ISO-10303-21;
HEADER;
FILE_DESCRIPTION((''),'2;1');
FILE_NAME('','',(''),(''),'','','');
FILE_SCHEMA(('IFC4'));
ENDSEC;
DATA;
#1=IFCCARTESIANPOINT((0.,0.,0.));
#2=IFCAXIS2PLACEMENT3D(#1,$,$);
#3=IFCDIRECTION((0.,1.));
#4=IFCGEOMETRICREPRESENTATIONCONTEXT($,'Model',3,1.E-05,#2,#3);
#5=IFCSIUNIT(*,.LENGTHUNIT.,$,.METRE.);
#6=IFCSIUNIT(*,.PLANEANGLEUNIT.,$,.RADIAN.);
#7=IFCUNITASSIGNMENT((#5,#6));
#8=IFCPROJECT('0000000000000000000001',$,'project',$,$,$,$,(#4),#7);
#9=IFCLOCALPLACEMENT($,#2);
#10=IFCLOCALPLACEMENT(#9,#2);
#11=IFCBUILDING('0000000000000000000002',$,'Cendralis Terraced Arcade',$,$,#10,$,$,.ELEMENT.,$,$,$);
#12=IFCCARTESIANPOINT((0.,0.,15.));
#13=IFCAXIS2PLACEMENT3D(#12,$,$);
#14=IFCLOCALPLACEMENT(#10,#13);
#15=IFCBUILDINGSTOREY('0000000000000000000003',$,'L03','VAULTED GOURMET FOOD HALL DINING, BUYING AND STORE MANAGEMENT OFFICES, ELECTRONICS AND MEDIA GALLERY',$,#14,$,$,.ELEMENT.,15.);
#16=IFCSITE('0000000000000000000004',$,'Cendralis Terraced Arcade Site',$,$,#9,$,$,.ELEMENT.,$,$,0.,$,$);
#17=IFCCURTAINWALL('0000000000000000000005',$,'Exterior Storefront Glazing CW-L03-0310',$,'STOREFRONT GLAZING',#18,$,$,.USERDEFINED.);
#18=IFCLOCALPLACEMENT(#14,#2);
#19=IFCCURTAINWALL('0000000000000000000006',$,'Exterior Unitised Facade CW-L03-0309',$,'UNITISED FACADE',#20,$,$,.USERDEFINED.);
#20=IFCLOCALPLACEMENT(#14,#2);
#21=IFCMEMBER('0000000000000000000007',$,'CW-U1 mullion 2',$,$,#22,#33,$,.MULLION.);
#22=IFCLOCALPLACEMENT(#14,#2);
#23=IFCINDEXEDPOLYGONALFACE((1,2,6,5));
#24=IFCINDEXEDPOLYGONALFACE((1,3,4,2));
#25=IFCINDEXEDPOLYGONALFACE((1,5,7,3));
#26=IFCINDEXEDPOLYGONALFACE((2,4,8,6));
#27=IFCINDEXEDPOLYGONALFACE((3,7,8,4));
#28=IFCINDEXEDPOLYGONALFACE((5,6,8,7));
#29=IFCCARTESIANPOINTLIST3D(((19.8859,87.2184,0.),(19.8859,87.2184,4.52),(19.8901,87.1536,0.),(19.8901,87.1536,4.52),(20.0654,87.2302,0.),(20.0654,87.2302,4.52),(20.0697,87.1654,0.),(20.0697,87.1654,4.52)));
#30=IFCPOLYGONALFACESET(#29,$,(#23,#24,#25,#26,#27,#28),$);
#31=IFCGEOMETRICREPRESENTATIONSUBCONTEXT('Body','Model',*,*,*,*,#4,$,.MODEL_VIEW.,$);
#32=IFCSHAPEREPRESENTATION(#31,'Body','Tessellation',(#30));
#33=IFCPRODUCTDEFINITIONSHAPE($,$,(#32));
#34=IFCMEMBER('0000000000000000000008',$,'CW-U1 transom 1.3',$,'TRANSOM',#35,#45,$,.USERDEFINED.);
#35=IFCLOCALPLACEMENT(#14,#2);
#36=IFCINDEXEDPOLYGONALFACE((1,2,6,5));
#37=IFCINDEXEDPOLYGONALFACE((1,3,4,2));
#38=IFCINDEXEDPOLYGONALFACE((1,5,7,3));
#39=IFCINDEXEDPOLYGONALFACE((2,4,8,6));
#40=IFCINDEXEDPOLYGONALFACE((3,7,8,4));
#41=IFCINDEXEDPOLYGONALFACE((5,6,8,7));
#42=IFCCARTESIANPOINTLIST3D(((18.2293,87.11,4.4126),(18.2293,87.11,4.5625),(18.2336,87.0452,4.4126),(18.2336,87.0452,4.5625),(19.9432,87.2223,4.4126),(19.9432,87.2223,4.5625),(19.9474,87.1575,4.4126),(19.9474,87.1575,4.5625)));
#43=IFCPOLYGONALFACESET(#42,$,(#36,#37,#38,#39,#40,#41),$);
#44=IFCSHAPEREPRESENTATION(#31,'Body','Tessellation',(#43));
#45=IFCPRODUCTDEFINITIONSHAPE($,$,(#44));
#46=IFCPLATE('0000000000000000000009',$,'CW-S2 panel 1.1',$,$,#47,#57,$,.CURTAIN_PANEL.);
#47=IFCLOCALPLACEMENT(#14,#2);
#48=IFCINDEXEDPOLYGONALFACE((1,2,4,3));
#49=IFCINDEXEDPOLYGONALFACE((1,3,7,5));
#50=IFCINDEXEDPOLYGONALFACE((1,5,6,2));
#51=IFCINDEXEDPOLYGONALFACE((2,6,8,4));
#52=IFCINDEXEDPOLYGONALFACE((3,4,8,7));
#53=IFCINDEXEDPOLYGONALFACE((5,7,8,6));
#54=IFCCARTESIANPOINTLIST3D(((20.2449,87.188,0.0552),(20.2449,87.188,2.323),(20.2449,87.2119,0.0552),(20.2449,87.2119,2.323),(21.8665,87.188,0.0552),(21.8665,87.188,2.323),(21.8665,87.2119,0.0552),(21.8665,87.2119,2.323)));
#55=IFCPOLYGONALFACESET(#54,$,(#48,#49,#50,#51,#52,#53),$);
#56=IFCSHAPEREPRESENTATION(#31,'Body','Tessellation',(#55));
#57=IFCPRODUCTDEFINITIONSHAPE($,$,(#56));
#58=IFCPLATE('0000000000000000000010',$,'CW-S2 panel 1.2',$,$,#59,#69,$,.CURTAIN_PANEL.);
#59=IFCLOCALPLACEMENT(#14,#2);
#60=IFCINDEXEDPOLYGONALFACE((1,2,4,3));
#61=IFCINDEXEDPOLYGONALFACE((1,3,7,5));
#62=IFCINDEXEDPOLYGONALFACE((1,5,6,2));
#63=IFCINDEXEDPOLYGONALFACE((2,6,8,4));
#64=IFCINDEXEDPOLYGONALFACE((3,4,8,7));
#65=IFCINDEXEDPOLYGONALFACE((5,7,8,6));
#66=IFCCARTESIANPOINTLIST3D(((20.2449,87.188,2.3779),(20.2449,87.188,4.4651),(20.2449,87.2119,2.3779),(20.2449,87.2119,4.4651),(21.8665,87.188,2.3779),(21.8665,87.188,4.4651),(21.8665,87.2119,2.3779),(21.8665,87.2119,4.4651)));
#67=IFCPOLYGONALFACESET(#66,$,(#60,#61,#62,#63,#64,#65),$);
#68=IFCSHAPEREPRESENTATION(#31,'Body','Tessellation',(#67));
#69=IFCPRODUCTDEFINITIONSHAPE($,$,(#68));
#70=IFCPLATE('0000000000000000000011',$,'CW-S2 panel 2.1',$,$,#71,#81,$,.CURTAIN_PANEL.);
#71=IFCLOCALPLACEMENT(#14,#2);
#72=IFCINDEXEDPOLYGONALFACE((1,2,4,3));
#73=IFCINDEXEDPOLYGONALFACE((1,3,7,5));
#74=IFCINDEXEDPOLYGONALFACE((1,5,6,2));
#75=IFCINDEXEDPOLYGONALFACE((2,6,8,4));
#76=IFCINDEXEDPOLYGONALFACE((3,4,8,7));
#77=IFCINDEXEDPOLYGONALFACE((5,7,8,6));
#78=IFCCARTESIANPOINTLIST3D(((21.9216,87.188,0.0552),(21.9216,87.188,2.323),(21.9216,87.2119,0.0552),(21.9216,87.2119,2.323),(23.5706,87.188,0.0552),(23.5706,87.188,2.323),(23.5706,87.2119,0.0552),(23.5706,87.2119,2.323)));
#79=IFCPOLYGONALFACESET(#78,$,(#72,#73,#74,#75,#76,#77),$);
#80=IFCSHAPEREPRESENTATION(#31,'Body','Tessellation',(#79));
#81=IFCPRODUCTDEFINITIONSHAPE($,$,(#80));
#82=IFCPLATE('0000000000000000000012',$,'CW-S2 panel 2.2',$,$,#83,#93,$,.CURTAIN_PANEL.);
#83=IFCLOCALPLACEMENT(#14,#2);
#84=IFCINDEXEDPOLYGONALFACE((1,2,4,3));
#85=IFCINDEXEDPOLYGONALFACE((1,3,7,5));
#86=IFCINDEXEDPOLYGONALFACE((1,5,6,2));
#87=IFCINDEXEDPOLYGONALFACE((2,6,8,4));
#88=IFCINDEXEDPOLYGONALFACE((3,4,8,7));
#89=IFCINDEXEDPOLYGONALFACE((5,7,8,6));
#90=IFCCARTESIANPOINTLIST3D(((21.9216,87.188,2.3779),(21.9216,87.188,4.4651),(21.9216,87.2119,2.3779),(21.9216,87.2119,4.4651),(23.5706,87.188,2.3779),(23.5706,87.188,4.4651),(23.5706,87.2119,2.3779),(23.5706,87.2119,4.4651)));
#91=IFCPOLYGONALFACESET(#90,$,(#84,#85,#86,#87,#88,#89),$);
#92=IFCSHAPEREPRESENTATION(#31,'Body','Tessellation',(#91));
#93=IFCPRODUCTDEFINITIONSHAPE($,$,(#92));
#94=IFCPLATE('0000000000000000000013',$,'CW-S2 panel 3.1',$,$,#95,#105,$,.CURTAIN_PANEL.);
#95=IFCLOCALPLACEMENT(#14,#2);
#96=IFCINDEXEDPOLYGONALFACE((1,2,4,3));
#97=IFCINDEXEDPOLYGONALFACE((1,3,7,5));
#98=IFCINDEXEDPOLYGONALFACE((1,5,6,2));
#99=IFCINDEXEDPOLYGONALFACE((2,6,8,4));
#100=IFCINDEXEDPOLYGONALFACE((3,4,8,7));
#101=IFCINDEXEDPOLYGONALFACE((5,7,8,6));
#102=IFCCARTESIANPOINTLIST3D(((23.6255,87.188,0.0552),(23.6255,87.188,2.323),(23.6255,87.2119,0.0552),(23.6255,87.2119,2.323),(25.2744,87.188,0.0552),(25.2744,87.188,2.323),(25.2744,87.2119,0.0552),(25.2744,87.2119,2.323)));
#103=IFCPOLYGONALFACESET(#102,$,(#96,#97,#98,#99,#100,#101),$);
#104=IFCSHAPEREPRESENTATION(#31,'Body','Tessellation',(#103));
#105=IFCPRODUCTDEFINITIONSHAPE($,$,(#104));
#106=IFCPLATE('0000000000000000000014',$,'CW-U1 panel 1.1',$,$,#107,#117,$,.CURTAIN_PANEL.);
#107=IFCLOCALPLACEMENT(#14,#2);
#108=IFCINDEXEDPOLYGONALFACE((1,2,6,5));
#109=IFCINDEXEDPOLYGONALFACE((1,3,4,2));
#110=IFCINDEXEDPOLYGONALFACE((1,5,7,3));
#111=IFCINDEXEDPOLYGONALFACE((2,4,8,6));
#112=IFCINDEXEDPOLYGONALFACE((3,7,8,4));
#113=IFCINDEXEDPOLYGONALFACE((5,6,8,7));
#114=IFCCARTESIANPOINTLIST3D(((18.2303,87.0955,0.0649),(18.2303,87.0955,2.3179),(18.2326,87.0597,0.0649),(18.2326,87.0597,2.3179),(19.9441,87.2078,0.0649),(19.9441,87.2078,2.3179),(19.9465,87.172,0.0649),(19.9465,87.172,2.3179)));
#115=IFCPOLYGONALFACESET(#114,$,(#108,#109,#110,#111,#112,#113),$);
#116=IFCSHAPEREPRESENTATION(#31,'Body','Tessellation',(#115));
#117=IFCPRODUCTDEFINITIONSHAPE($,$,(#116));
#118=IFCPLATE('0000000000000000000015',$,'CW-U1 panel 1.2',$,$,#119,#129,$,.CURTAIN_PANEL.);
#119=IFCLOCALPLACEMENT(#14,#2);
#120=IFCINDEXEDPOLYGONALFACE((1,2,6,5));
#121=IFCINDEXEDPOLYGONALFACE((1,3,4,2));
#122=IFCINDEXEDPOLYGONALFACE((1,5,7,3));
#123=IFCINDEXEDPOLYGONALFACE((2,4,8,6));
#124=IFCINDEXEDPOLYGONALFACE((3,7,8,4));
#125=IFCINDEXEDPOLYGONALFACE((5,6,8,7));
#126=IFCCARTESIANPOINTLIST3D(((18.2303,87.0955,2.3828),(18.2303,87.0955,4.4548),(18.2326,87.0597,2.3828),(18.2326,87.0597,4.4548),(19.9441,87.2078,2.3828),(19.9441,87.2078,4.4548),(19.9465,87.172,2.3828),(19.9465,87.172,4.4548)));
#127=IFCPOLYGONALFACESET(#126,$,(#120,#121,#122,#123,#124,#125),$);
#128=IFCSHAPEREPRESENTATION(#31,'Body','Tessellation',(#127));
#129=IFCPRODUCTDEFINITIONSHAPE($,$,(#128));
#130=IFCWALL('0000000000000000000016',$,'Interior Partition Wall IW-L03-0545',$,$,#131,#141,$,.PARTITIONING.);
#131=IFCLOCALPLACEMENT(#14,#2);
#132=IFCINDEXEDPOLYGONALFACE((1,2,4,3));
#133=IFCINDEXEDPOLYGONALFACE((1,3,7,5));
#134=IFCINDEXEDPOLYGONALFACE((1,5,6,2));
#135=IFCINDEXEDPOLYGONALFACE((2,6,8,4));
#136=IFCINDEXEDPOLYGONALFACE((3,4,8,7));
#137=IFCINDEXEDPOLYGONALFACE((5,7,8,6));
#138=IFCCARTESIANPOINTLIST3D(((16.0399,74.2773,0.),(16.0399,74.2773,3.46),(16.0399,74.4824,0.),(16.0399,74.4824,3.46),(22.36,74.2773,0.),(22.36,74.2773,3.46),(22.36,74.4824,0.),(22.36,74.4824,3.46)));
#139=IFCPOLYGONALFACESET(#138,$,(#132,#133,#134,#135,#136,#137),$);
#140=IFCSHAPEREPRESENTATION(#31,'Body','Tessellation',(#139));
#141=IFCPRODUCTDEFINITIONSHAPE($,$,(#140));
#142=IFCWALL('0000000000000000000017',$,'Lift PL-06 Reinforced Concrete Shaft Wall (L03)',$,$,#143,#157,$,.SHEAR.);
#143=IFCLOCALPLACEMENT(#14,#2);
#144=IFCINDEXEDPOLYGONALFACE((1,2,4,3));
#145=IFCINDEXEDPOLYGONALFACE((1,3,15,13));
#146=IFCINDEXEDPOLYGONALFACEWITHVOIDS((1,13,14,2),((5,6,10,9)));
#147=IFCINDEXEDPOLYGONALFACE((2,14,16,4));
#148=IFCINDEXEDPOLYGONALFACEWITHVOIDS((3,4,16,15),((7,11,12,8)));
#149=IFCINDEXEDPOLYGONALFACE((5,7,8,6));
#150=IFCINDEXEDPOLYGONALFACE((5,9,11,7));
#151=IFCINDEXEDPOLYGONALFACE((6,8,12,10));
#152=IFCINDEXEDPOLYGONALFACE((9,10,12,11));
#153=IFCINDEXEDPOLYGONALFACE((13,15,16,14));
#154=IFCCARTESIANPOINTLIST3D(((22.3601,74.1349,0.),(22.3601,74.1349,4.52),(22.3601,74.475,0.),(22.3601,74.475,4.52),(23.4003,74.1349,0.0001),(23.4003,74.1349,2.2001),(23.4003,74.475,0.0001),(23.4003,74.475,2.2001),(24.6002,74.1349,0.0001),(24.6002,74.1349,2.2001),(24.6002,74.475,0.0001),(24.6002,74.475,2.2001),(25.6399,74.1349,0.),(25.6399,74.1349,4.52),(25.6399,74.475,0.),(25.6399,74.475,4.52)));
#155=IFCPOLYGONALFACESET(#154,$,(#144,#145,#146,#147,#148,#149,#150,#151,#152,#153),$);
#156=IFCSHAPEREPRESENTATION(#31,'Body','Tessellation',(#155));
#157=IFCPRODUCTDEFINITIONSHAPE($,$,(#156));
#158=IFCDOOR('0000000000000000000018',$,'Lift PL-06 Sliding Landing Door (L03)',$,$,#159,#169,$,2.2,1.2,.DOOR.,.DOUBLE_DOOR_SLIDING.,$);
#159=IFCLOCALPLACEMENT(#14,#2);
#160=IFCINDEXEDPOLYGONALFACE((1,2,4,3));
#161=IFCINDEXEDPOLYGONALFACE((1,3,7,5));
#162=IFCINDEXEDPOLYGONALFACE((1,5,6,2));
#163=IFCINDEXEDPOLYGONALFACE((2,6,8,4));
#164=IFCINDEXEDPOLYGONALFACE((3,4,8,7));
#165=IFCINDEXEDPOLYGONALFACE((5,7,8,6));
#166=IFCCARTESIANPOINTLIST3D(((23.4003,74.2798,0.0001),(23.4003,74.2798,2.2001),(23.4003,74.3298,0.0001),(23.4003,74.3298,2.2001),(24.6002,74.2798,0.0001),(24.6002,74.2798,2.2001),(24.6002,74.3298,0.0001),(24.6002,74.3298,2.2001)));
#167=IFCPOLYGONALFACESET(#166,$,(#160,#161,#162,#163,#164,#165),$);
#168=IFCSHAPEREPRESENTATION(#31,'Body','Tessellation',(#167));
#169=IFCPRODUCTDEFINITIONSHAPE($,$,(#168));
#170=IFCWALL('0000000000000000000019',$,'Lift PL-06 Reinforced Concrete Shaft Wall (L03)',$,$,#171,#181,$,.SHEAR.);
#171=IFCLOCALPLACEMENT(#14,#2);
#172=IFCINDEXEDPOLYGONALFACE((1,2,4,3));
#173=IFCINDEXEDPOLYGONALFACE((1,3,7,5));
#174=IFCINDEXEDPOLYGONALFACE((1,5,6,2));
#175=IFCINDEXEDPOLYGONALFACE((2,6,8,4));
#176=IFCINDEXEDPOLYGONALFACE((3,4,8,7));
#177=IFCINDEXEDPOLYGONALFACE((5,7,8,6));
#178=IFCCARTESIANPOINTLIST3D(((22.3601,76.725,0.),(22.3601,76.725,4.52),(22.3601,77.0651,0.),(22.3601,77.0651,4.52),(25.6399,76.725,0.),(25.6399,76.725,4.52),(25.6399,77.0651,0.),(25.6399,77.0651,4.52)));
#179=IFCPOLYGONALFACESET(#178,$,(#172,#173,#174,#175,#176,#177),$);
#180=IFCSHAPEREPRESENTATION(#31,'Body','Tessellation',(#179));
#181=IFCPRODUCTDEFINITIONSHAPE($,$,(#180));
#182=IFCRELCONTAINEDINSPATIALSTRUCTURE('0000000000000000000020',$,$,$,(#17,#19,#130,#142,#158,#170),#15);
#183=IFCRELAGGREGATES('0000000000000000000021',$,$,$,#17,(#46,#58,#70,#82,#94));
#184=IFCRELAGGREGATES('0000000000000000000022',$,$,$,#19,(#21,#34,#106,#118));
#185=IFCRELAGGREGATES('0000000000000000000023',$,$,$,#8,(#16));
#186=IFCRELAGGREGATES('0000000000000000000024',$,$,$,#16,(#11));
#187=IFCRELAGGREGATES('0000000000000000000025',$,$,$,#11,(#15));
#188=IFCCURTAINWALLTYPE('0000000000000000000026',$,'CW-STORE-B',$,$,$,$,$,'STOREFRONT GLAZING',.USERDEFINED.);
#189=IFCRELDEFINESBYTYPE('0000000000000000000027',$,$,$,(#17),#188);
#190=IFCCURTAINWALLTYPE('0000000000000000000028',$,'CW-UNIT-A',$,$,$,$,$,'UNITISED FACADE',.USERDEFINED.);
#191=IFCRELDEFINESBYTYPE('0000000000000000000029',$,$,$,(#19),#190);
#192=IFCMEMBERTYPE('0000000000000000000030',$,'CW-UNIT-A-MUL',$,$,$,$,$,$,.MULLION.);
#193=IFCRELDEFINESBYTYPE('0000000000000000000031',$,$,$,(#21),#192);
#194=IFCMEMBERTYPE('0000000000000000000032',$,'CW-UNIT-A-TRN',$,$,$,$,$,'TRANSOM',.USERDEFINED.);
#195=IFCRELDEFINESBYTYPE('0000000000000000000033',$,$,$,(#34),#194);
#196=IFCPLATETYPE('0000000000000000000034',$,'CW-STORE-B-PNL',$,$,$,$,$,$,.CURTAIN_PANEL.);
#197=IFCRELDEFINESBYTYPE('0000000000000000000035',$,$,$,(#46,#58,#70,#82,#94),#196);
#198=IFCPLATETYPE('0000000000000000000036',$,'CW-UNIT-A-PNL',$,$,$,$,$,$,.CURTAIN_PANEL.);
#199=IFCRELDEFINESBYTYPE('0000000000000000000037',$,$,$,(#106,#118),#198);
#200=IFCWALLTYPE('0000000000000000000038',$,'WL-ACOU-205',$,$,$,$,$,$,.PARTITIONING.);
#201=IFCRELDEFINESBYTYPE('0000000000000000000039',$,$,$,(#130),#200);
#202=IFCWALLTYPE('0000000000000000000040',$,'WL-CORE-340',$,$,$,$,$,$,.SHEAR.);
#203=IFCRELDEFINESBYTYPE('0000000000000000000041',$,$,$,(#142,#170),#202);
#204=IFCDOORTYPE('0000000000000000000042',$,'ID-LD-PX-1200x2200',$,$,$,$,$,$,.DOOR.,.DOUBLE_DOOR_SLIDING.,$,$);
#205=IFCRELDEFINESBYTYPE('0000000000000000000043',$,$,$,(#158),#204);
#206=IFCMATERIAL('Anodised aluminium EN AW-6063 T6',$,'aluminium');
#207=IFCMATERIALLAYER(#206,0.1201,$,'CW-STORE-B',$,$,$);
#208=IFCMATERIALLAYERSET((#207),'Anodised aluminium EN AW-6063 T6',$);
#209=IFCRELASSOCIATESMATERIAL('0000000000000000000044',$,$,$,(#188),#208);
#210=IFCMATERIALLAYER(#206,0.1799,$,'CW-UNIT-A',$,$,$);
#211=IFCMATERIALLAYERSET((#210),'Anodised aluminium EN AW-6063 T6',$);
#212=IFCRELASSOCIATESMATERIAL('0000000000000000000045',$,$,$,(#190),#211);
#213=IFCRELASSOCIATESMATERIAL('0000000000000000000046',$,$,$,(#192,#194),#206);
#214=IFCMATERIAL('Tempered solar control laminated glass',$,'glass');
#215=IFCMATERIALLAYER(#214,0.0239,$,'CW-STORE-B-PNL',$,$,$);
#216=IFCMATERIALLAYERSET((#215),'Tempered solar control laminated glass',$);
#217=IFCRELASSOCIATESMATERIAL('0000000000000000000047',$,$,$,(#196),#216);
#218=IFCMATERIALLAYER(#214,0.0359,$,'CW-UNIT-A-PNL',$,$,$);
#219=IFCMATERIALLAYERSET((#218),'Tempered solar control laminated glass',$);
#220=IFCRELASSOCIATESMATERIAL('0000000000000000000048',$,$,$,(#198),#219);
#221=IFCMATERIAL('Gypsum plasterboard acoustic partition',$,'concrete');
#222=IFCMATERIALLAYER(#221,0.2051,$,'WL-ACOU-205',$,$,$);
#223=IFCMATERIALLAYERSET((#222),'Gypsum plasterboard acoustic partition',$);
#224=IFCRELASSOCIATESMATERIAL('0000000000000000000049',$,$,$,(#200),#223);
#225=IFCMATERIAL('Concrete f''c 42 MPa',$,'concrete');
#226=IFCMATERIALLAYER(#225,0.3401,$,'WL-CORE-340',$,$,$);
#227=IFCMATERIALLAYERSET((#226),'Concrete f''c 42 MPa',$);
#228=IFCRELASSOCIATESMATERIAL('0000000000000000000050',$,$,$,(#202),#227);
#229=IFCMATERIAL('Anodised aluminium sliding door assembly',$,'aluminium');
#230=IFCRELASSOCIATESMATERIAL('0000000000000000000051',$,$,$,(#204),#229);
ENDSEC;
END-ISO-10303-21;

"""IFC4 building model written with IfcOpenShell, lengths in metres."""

from ifc_helpers import new_model, si_unit, direction, frame, frame_2d, origin, origin_2d, place, context, subcontext, project, spatial, rectangle, extrude, material, layer, layer_set, material_profile, profile_set, type_object, element, fill, aggregate, save


model = new_model("IFC4")

# Units and contexts
model_context = context("Model", 3, precision=1e-05, world=origin(), true_north=direction((0.0, 1.0)))
body_context = subcontext(model_context, "Body", "Model", "MODEL_VIEW")
ifc_project = project(units=[si_unit("LENGTHUNIT", "METRE"), si_unit("PLANEANGLEUNIT", "RADIAN")], contexts=[model_context])

# Site, building, storey
site_placement = place(None, origin())
site = spatial("IfcSite", under=ifc_project, at=site_placement, Name="Cendralis Terraced Arcade Site", CompositionType="ELEMENT", RefElevation=0.0)
building_placement = place(site_placement, origin())
building = spatial("IfcBuilding", under=site, at=building_placement, Name="Cendralis Terraced Arcade", CompositionType="ELEMENT")
storey_placement = place(building_placement, frame((0.0, 0.0, 15.0)))
storey = spatial("IfcBuildingStorey", under=building, at=storey_placement, Name="L03", Description="VAULTED GOURMET FOOD HALL DINING, BUYING AND STORE MANAGEMENT OFFICES, ELECTRONICS AND MEDIA GALLERY", CompositionType="ELEMENT", Elevation=15.0)

# Shared definitions
ifc_material_1 = material(Name="Concrete f'c 42 MPa", Category="concrete")

# Curtain walls, members
ifc_material_2 = material(Name="Anodised aluminium EN AW-6063 T6", Category="aluminium")
ifc_layer_1 = layer(ifc_material_2, 0.1201, Name="CW-STORE-B")
ifc_layer_set_1 = layer_set([ifc_layer_1], Name="Anodised aluminium EN AW-6063 T6")
curtain_wall_type_1 = type_object("IfcCurtainWallType", Name="CW-STORE-B", ElementType="STOREFRONT GLAZING", PredefinedType="USERDEFINED", material=ifc_layer_set_1)
curtain_wall_1_placement = place(storey_placement, origin())
curtain_wall_1 = element("IfcCurtainWall", 1, at=curtain_wall_1_placement, inside=storey, type_object=curtain_wall_type_1, Name="Exterior Storefront Glazing CW-L03-0310", ObjectType="STOREFRONT GLAZING", PredefinedType="USERDEFINED")
ifc_layer_2 = layer(ifc_material_2, 0.1799, Name="CW-UNIT-A")
ifc_layer_set_2 = layer_set([ifc_layer_2], Name="Anodised aluminium EN AW-6063 T6")
curtain_wall_type_2 = type_object("IfcCurtainWallType", Name="CW-UNIT-A", ElementType="UNITISED FACADE", PredefinedType="USERDEFINED", material=ifc_layer_set_2)
curtain_wall_2_placement = place(storey_placement, origin())
curtain_wall_2 = element("IfcCurtainWall", 2, at=curtain_wall_2_placement, inside=storey, type_object=curtain_wall_type_2, Name="Exterior Unitised Facade CW-L03-0309", ObjectType="UNITISED FACADE", PredefinedType="USERDEFINED")
ifc_material_profile_1 = material_profile(ifc_material_2, rectangle(XDim=0.0649, YDim=0.1799, at=origin_2d()), Name="ALU-MUL-65x180")
ifc_profile_set_1 = profile_set([ifc_material_profile_1], Name="Anodised aluminium EN AW-6063 T6")
member_type_1 = type_object("IfcMemberType", Name="CW-UNIT-A-MUL", PredefinedType="MULLION", material=ifc_profile_set_1)
member_1_placement = place(storey_placement, frame((19.9778, 87.1919, 0.0), z_axis=(0.0, 0.0, 1.0), x_axis=(-0.065384, 0.99786, 0.0)))
member_1 = element("IfcMember", 3, at=member_1_placement, type_object=member_type_1, Name="CW-U1 mullion 2", PredefinedType="MULLION", context=body_context, shape_type="SweptSolid", body=[
    extrude(rectangle(XDim=0.0649, YDim=0.1799, at=origin_2d()), origin(), (0.0, 0.0, 1.0), 4.52),
])
ifc_material_profile_2 = material_profile(ifc_material_2, rectangle(XDim=0.0649, YDim=0.1499, at=origin_2d()), Name="ALU-TRN-65x150")
ifc_profile_set_2 = profile_set([ifc_material_profile_2], Name="Anodised aluminium EN AW-6063 T6")
member_type_2 = type_object("IfcMemberType", Name="CW-UNIT-A-TRN", ElementType="TRANSOM", PredefinedType="USERDEFINED", material=ifc_profile_set_2)
member_2_placement = place(storey_placement, frame((18.2314, 87.0776, 4.4875), z_axis=(0.99786, 0.065387, 0.0), x_axis=(-0.065387, 0.99786, 0.0)))
member_2 = element("IfcMember", 4, at=member_2_placement, type_object=member_type_2, Name="CW-U1 transom 1.3", ObjectType="TRANSOM", PredefinedType="USERDEFINED", context=body_context, shape_type="SweptSolid", body=[
    extrude(rectangle(XDim=0.0649, YDim=0.1499, at=origin_2d()), origin(), (0.0, 0.0, 1.0), 1.7175),
])

# Plates
ifc_material_3 = material(Name="Tempered solar control laminated glass", Category="glass")
ifc_layer_3 = layer(ifc_material_3, 0.0239, Name="CW-STORE-B-PNL")
ifc_layer_set_3 = layer_set([ifc_layer_3], Name="Tempered solar control laminated glass")
plate_type_1 = type_object("IfcPlateType", Name="CW-STORE-B-PNL", PredefinedType="CURTAIN_PANEL", material=ifc_layer_set_3)
plate_1_placement = place(storey_placement, frame((21.0557, 87.2, 0.0552), z_axis=(0.0, 0.0, 1.0), x_axis=(1.0, 0.0, 0.0)))
plate_1 = element("IfcPlate", 5, at=plate_1_placement, type_object=plate_type_1, Name="CW-S2 panel 1.1", PredefinedType="CURTAIN_PANEL", context=body_context, shape_type="SweptSolid", body=[
    extrude(rectangle(XDim=1.6216, YDim=0.0239, at=origin_2d()), origin(), (0.0, 0.0, 1.0), 2.2678),
])
plate_2_placement = place(storey_placement, frame((21.0557, 87.2, 2.3779), z_axis=(0.0, 0.0, 1.0), x_axis=(1.0, 0.0, 0.0)))
plate_2 = element("IfcPlate", 6, at=plate_2_placement, type_object=plate_type_1, Name="CW-S2 panel 1.2", PredefinedType="CURTAIN_PANEL", context=body_context, shape_type="SweptSolid", body=[
    extrude(rectangle(XDim=1.6216, YDim=0.0239, at=origin_2d()), origin(), (0.0, 0.0, 1.0), 2.0872),
])
plate_3_placement = place(storey_placement, frame((22.7461, 87.2, 0.0552), z_axis=(0.0, 0.0, 1.0), x_axis=(1.0, 0.0, 0.0)))
plate_3 = element("IfcPlate", 7, at=plate_3_placement, type_object=plate_type_1, Name="CW-S2 panel 2.1", PredefinedType="CURTAIN_PANEL", context=body_context, shape_type="SweptSolid", body=[
    extrude(rectangle(XDim=1.6489, YDim=0.0239, at=origin_2d()), origin(), (0.0, 0.0, 1.0), 2.2678),
])
plate_4_placement = place(storey_placement, frame((22.7461, 87.2, 2.3779), z_axis=(0.0, 0.0, 1.0), x_axis=(1.0, 0.0, 0.0)))
plate_4 = element("IfcPlate", 8, at=plate_4_placement, type_object=plate_type_1, Name="CW-S2 panel 2.2", PredefinedType="CURTAIN_PANEL", context=body_context, shape_type="SweptSolid", body=[
    extrude(rectangle(XDim=1.6489, YDim=0.0239, at=origin_2d()), origin(), (0.0, 0.0, 1.0), 2.0872),
])
plate_5_placement = place(storey_placement, frame((24.45, 87.2, 0.0552), z_axis=(0.0, 0.0, 1.0), x_axis=(1.0, 0.0, 0.0)))
plate_5 = element("IfcPlate", 9, at=plate_5_placement, type_object=plate_type_1, Name="CW-S2 panel 3.1", PredefinedType="CURTAIN_PANEL", context=body_context, shape_type="SweptSolid", body=[
    extrude(rectangle(XDim=1.6489, YDim=0.0239, at=origin_2d()), origin(), (0.0, 0.0, 1.0), 2.2678),
])
aggregate(curtain_wall_1, [plate_1, plate_2, plate_3, plate_4, plate_5])
ifc_layer_4 = layer(ifc_material_3, 0.0359, Name="CW-UNIT-A-PNL")
ifc_layer_set_4 = layer_set([ifc_layer_4], Name="Tempered solar control laminated glass")
plate_type_2 = type_object("IfcPlateType", Name="CW-UNIT-A-PNL", PredefinedType="CURTAIN_PANEL", material=ifc_layer_set_4)
plate_6_placement = place(storey_placement, frame((19.0884, 87.1338, 0.0649), z_axis=(0.0, 0.0, 1.0), x_axis=(0.99786, 0.065384, 0.0)))
plate_6 = element("IfcPlate", 10, at=plate_6_placement, type_object=plate_type_2, Name="CW-U1 panel 1.1", PredefinedType="CURTAIN_PANEL", context=body_context, shape_type="SweptSolid", body=[
    extrude(rectangle(XDim=1.7175, YDim=0.0359, at=origin_2d()), origin(), (0.0, 0.0, 1.0), 2.2529),
])
plate_7_placement = place(storey_placement, frame((19.0884, 87.1338, 2.3828), z_axis=(0.0, 0.0, 1.0), x_axis=(0.99786, 0.065384, 0.0)))
plate_7 = element("IfcPlate", 11, at=plate_7_placement, type_object=plate_type_2, Name="CW-U1 panel 1.2", PredefinedType="CURTAIN_PANEL", context=body_context, shape_type="SweptSolid", body=[
    extrude(rectangle(XDim=1.7175, YDim=0.0359, at=origin_2d()), origin(), (0.0, 0.0, 1.0), 2.072),
])
aggregate(curtain_wall_2, [member_1, member_2, plate_6, plate_7])

# Wall
ifc_material_4 = material(Name="Gypsum plasterboard acoustic partition", Category="concrete")
ifc_layer_5 = layer(ifc_material_4, 0.2051, Name="WL-ACOU-205")
ifc_layer_set_5 = layer_set([ifc_layer_5], Name="Gypsum plasterboard acoustic partition")
wall_type_1 = type_object("IfcWallType", Name="WL-ACOU-205", PredefinedType="PARTITIONING", material=ifc_layer_set_5)
wall_1_placement = place(storey_placement, frame((22.3601, 74.3799, 0.0), z_axis=(0.0, 0.0, 1.0), x_axis=(-1.0, 0.0, 0.0)))
element("IfcWall", 12, at=wall_1_placement, inside=storey, type_object=wall_type_1, Name="Interior Partition Wall IW-L03-0545", PredefinedType="PARTITIONING", context=body_context, shape_type="SweptSolid", body=[
    extrude(rectangle(XDim=6.3201, YDim=0.2051, at=frame_2d((3.1602, 0.0))), origin(), (0.0, 0.0, 1.0), 3.46),
])

# Wall, opening, door
ifc_layer_6 = layer(ifc_material_1, 0.3401, Name="WL-CORE-340")
ifc_layer_set_6 = layer_set([ifc_layer_6], Name="Concrete f'c 42 MPa")
wall_type_2 = type_object("IfcWallType", Name="WL-CORE-340", PredefinedType="SHEAR", material=ifc_layer_set_6)
wall_2_placement = place(storey_placement, frame((22.3601, 74.3049, 0.0), z_axis=(0.0, 0.0, 1.0), x_axis=(1.0, 0.0, 0.0)))
wall_2 = element("IfcWall", 13, at=wall_2_placement, inside=storey, type_object=wall_type_2, Name="Lift PL-06 Reinforced Concrete Shaft Wall (L03)", PredefinedType="SHEAR", context=body_context, shape_type="SweptSolid", body=[
    extrude(rectangle(XDim=3.2798, YDim=0.3401, at=frame_2d((1.6399, 0.0))), origin(), (0.0, 0.0, 1.0), 4.52),
])
opening_placement = place(wall_2_placement, frame((1.04, 0.0, 0.0)))
opening = element("IfcOpeningElement", 14, at=opening_placement, cuts=wall_2, PredefinedType="OPENING", context=body_context, shape_type="SweptSolid", body=[
    extrude(rectangle(XDim=1.2, YDim=2.2, at=frame_2d((0.6001, 1.1001))), frame((0.0, 0.1821, 0.0), z_axis=(0.0, -1.0, 0.0), x_axis=(1.0, 0.0, 0.0)), (0.0, 0.0, 1.0), 0.364),
])
ifc_material_5 = material(Name="Anodised aluminium sliding door assembly", Category="aluminium")
door_type = type_object("IfcDoorType", Name="ID-LD-PX-1200x2200", OperationType="DOUBLE_DOOR_SLIDING", PredefinedType="DOOR", material=ifc_material_5)
door_placement = place(opening_placement, origin())
door = element("IfcDoor", 15, at=door_placement, inside=storey, type_object=door_type, Name="Lift PL-06 Sliding Landing Door (L03)", OperationType="DOUBLE_DOOR_SLIDING", OverallHeight=2.2, OverallWidth=1.2, PredefinedType="DOOR", context=body_context, shape_type="SweptSolid", body=[
    extrude(rectangle(XDim=1.2, YDim=2.2, at=frame_2d((0.6001, 1.1001))), frame((0.0, 0.0249, 0.0), z_axis=(0.0, -1.0, 0.0), x_axis=(1.0, 0.0, 0.0)), (0.0, 0.0, 1.0), 0.05),
])
fill(opening, door)

# Wall
wall_3_placement = place(storey_placement, frame((22.3601, 76.895, 0.0), z_axis=(0.0, 0.0, 1.0), x_axis=(1.0, 0.0, 0.0)))
element("IfcWall", 16, at=wall_3_placement, inside=storey, type_object=wall_type_2, Name="Lift PL-06 Reinforced Concrete Shaft Wall (L03)", PredefinedType="SHEAR", context=body_context, shape_type="SweptSolid", body=[
    extrude(rectangle(XDim=3.2798, YDim=0.3401, at=frame_2d((1.6399, 0.0))), origin(), (0.0, 0.0, 1.0), 4.52),
])

save(model, "model.ifc")
